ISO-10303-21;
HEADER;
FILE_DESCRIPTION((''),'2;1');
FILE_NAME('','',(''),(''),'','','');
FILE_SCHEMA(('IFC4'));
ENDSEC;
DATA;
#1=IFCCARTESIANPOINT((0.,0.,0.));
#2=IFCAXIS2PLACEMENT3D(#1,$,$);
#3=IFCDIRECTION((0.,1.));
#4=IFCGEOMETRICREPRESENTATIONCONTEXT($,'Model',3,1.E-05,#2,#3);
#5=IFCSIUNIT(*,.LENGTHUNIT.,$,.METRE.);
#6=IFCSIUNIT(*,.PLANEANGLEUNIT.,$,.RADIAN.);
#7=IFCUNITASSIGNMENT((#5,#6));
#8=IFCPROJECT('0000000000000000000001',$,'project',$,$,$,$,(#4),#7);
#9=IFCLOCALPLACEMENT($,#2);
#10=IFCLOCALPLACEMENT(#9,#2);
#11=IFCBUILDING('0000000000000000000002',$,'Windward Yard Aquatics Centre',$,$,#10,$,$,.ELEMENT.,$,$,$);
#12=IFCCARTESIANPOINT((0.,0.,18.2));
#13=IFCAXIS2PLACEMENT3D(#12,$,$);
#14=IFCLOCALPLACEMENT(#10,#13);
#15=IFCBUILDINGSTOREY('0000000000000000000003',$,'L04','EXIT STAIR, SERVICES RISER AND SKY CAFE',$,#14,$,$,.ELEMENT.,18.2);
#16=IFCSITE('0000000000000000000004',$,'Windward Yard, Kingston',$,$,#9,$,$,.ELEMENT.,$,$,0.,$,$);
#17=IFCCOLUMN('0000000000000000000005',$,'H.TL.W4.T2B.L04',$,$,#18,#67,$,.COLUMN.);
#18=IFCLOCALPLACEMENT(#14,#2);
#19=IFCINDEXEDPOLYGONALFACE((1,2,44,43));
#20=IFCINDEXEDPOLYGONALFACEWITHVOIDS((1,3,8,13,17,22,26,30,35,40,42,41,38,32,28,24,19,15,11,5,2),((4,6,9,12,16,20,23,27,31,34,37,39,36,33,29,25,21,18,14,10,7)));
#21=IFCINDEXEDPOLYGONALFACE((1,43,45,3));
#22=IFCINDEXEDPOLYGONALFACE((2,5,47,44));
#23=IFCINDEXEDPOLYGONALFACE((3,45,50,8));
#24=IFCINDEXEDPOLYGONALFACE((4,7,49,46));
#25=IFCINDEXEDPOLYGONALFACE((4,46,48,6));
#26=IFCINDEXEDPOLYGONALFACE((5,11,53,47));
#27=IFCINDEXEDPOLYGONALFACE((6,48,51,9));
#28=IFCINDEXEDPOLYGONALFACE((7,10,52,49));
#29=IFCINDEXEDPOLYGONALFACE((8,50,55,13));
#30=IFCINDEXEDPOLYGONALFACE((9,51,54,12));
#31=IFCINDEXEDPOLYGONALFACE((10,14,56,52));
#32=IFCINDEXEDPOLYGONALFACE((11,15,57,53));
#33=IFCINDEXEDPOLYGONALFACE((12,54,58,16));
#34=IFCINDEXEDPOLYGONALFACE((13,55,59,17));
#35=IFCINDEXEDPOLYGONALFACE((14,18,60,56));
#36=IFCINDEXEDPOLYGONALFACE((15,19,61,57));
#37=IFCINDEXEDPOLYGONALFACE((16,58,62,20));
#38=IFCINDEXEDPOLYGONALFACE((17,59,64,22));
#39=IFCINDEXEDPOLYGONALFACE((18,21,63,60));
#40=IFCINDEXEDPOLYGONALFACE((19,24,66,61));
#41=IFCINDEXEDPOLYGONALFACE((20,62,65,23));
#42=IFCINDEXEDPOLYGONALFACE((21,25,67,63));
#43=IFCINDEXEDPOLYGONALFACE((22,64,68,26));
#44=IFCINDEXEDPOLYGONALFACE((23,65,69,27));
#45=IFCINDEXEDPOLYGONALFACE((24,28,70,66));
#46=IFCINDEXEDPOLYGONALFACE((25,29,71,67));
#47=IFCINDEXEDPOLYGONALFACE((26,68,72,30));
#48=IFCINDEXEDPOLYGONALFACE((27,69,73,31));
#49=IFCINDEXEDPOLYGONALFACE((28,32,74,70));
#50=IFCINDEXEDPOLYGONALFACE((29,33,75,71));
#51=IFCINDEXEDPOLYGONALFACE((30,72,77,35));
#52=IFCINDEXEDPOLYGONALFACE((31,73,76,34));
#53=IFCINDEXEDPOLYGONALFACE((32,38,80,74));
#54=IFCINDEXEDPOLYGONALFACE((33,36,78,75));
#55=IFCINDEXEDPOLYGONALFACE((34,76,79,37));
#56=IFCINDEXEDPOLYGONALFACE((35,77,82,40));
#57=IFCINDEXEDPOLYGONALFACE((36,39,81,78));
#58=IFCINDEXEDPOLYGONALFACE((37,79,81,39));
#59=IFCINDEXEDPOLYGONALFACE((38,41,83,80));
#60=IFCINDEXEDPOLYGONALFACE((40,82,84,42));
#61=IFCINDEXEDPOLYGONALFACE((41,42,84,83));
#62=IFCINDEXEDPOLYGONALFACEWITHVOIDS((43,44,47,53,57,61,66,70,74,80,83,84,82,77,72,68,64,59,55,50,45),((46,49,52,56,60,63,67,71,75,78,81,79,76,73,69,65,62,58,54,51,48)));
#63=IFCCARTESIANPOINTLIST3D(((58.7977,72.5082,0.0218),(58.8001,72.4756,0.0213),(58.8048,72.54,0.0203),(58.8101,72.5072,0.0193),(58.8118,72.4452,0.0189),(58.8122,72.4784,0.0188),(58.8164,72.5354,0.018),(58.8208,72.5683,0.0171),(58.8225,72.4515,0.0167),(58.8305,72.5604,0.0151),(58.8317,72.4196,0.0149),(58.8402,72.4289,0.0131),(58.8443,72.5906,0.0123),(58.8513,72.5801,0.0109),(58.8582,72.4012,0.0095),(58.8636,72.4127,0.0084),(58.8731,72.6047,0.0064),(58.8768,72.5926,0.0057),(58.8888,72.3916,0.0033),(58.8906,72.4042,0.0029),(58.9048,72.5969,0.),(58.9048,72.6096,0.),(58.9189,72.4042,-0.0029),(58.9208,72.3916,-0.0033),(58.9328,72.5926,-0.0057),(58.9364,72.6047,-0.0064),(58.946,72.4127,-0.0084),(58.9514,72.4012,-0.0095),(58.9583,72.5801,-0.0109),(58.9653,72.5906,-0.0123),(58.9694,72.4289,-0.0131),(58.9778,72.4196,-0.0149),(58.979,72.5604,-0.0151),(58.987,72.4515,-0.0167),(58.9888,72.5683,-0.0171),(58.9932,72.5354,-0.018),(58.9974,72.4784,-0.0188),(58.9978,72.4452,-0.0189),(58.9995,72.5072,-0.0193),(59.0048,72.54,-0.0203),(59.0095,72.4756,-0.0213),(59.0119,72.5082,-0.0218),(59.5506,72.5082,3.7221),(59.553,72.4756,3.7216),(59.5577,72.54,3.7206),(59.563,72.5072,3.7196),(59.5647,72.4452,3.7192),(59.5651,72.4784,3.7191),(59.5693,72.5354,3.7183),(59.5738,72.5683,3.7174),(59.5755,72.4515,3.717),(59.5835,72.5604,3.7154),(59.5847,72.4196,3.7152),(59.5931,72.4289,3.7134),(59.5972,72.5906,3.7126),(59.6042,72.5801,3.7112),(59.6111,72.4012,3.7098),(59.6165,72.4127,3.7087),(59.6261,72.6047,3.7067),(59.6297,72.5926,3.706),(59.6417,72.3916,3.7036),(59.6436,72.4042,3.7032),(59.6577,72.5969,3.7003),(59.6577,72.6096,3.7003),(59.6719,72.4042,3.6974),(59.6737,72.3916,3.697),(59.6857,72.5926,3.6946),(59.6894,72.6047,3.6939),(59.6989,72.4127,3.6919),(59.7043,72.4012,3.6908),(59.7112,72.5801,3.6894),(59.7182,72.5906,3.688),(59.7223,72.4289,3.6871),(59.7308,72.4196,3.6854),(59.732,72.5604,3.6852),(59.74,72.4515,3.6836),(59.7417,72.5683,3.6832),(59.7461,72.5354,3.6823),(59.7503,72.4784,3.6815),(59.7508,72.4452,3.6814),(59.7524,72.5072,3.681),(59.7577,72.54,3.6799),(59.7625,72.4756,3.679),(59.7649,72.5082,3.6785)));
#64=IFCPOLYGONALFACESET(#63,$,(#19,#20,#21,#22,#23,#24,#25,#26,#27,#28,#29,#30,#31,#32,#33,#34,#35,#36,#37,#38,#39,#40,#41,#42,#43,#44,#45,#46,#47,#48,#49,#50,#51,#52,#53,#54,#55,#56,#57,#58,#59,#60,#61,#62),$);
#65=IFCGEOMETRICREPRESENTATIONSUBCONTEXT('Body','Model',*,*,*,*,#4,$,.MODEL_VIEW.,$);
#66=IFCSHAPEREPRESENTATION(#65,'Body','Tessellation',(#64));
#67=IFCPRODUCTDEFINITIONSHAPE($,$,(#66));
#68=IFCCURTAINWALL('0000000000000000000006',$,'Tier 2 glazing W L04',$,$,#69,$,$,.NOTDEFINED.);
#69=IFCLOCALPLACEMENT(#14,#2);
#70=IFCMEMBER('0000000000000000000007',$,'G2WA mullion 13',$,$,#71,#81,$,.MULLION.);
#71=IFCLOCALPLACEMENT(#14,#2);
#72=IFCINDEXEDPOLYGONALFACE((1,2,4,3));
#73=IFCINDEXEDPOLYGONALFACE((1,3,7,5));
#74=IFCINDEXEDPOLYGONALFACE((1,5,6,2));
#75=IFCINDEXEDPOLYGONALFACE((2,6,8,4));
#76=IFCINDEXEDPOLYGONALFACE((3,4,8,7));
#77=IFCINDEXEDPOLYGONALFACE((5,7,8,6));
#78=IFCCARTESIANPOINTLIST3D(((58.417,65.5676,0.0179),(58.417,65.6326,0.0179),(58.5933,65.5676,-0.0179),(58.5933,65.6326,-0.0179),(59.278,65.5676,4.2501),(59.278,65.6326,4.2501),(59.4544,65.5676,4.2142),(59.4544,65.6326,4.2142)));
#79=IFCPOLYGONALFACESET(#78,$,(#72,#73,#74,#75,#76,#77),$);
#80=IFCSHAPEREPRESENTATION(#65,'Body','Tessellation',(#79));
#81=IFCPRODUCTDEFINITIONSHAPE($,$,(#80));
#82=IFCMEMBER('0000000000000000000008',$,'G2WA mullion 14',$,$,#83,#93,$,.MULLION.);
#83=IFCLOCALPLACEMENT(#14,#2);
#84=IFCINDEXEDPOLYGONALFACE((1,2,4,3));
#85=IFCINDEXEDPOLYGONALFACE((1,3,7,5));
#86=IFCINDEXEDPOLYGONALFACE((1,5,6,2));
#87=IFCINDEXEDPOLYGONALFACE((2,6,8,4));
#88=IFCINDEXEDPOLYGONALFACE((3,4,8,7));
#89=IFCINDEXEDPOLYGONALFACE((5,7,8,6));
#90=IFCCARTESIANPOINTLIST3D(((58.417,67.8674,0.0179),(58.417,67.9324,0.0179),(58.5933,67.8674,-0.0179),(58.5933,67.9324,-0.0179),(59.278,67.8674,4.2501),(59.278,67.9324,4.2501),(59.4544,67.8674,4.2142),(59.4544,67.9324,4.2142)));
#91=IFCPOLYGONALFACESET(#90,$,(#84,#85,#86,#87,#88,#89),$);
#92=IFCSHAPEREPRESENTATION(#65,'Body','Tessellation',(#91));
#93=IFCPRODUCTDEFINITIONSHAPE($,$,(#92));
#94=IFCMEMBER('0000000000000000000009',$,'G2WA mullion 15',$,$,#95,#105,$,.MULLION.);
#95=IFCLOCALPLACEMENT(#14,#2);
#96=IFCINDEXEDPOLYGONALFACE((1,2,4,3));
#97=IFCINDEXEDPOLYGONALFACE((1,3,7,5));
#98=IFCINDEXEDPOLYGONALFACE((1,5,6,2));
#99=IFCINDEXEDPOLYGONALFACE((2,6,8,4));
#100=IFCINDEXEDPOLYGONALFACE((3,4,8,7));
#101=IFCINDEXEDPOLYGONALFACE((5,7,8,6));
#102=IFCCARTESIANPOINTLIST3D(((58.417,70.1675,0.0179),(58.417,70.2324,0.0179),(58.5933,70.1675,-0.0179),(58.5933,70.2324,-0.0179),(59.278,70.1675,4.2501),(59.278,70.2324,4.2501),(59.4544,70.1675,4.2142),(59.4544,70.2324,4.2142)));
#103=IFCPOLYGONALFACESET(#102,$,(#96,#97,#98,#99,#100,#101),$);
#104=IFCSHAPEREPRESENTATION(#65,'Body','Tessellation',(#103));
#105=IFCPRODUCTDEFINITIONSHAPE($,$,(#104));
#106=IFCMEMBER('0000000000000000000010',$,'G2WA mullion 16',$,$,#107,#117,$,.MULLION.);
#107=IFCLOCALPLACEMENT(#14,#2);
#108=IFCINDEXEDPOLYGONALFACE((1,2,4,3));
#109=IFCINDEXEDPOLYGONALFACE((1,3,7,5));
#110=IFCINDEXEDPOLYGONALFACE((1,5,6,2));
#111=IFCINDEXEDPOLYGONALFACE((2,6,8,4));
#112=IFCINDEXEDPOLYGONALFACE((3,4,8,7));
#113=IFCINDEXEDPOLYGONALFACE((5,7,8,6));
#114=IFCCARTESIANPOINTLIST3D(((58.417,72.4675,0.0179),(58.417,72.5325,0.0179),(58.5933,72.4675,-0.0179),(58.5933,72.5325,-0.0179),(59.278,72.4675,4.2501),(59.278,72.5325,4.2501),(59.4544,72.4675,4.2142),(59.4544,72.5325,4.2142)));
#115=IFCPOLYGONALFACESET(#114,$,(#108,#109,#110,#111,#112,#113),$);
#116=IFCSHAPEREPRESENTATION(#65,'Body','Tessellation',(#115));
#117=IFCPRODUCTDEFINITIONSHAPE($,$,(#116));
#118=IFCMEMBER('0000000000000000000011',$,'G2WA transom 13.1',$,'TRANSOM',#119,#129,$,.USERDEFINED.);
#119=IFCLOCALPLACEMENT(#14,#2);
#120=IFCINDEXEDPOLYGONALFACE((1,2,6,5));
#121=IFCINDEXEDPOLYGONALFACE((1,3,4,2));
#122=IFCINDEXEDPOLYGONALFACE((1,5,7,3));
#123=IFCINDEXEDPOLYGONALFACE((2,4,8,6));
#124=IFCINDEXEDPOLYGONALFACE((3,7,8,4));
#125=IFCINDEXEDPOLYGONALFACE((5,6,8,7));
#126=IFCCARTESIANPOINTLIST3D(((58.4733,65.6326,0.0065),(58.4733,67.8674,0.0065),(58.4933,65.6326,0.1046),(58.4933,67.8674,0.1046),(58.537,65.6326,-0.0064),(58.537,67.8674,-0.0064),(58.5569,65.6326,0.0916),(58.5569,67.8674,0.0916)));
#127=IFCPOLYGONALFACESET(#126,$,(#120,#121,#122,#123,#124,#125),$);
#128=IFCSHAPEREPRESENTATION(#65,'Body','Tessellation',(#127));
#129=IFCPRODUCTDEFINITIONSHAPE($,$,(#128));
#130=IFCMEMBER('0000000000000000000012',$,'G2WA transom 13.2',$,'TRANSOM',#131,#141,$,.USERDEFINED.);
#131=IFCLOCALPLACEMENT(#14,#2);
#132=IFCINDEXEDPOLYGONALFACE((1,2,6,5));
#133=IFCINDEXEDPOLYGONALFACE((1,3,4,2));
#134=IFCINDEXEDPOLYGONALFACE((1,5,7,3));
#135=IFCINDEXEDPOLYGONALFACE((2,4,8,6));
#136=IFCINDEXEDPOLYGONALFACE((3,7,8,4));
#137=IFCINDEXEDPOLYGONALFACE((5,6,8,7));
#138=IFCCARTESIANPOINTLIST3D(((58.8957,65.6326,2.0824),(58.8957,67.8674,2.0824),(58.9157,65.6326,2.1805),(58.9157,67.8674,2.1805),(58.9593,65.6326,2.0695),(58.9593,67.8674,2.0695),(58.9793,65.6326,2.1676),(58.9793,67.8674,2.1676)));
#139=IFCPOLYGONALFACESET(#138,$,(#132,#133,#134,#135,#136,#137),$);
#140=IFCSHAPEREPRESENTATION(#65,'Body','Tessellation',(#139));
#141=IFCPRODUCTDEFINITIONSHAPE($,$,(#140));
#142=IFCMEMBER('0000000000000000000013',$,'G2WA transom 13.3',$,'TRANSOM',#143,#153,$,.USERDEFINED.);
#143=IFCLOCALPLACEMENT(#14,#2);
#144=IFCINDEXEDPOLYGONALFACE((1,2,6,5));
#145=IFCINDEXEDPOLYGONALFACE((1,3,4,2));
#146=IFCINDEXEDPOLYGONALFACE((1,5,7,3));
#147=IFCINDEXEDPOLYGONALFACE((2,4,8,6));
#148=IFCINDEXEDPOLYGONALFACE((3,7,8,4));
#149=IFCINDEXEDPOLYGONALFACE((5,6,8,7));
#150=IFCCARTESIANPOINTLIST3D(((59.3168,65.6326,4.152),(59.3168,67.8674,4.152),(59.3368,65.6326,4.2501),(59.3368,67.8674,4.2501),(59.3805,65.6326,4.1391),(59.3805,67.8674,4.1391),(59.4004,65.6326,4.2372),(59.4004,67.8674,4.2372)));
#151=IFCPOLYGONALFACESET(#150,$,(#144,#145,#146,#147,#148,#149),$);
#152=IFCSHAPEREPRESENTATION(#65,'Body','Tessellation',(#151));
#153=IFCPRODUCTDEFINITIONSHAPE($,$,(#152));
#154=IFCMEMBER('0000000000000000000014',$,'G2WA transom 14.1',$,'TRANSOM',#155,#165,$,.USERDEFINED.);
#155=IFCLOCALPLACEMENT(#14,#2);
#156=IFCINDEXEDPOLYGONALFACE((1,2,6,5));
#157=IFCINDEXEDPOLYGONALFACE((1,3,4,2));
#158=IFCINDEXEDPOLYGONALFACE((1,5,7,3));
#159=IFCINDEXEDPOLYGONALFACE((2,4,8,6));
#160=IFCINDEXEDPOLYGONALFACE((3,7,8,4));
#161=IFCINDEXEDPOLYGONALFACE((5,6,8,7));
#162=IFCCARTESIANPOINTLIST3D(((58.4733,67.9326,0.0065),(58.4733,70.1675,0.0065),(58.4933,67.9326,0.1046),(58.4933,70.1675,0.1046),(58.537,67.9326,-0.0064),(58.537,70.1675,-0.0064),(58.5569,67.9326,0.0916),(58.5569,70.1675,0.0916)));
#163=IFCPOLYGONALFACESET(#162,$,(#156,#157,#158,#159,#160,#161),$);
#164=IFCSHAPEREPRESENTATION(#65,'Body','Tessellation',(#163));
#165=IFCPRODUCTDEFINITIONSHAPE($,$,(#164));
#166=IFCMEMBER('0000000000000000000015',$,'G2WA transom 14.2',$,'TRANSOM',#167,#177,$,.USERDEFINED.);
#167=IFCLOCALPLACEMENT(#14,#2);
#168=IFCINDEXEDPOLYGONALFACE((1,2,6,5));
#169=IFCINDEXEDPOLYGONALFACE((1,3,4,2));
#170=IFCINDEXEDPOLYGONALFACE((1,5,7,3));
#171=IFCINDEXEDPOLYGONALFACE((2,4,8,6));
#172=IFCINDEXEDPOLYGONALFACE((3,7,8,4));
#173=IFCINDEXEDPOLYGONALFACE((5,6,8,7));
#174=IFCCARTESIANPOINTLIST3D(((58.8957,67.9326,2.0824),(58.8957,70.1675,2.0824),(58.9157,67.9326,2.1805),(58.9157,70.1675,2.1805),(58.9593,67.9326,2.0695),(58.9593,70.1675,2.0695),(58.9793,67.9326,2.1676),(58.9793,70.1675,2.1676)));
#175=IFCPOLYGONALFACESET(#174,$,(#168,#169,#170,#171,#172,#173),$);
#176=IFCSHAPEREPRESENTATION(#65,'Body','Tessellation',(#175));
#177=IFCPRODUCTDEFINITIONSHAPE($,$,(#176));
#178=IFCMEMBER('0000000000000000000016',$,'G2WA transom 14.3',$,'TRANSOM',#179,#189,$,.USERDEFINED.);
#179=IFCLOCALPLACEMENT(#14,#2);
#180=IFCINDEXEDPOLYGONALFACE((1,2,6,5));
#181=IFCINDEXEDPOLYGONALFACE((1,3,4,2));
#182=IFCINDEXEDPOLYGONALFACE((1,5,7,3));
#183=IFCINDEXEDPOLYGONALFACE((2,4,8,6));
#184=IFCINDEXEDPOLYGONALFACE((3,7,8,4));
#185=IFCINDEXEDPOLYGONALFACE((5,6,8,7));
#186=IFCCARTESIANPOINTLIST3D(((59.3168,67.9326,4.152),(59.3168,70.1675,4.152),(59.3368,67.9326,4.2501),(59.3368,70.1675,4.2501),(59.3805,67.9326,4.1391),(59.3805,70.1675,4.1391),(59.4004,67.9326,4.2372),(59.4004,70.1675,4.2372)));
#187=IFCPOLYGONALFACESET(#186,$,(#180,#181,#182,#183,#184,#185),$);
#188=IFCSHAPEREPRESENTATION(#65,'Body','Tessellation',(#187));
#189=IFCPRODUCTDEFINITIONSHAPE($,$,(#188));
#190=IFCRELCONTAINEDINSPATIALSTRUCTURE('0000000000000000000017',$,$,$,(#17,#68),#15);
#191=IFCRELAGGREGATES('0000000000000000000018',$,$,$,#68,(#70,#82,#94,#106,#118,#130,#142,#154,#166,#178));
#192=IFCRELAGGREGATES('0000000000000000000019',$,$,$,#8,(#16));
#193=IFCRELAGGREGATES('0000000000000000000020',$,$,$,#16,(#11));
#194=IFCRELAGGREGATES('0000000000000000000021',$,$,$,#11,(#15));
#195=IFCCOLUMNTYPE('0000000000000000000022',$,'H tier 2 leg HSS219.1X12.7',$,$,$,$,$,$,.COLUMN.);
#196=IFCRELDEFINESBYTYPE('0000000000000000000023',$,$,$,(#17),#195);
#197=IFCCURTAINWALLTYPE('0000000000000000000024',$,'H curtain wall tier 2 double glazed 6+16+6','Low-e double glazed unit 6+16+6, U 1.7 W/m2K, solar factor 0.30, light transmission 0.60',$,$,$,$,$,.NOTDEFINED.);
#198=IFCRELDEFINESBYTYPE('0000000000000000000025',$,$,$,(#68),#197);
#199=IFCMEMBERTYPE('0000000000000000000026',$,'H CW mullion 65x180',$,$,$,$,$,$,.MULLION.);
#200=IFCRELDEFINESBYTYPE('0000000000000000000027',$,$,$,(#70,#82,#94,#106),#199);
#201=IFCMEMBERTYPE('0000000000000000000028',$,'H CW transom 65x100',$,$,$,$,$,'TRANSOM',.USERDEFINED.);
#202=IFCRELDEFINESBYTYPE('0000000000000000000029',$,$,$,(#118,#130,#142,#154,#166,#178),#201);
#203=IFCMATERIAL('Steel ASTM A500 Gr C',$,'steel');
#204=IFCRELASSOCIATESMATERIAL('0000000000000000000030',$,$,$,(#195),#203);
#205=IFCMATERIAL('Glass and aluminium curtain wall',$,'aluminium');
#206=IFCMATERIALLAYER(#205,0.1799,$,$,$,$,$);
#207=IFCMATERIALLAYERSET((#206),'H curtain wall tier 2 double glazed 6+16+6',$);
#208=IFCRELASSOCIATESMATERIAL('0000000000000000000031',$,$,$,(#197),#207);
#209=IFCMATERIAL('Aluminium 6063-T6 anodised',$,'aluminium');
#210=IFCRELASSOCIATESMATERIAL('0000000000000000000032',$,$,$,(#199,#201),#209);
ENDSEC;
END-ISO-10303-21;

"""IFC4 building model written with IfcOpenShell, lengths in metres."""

from ifc_helpers import new_model, si_unit, direction, frame, origin, origin_2d, place, context, subcontext, project, spatial, rectangle, hollow_circle, extrude, material, layer, layer_set, material_profile, profile_set, type_object, element, aggregate, save


model = new_model("IFC4")

# Units and contexts
model_context = context("Model", 3, precision=1e-05, world=origin(), true_north=direction((0.0, 1.0)))
body_context = subcontext(model_context, "Body", "Model", "MODEL_VIEW")
ifc_project = project(units=[si_unit("LENGTHUNIT", "METRE"), si_unit("PLANEANGLEUNIT", "RADIAN")], contexts=[model_context])

# Site, building, storey
site_placement = place(None, origin())
site = spatial("IfcSite", under=ifc_project, at=site_placement, Name="Windward Yard, Kingston", CompositionType="ELEMENT", RefElevation=0.0)
building_placement = place(site_placement, origin())
building = spatial("IfcBuilding", under=site, at=building_placement, Name="Windward Yard Aquatics Centre", CompositionType="ELEMENT")
storey_placement = place(building_placement, frame((0.0, 0.0, 18.2)))
storey = spatial("IfcBuildingStorey", under=building, at=storey_placement, Name="L04", Description="EXIT STAIR, SERVICES RISER AND SKY CAFE", CompositionType="ELEMENT", Elevation=18.2)

# Column
ifc_material_1 = material(Name="Steel ASTM A500 Gr C", Category="steel")
ifc_material_profile_1 = material_profile(ifc_material_1, hollow_circle(Radius=0.1096, WallThickness=0.0127, at=origin_2d()), Name="HSS219.1X12.7")
ifc_profile_set_1 = profile_set([ifc_material_profile_1], Name="Steel ASTM A500 Gr C")
column_type = type_object("IfcColumnType", Name="H tier 2 leg HSS219.1X12.7", PredefinedType="COLUMN", material=ifc_profile_set_1)
column_placement = place(storey_placement, frame((58.9048, 72.5, 0.0), z_axis=(0.199398, 0.0, 0.979919), x_axis=(0.0, 1.0, 0.0)))
element("IfcColumn", 1, at=column_placement, inside=storey, type_object=column_type, Name="H.TL.W4.T2B.L04", PredefinedType="COLUMN", context=body_context, shape_type="SweptSolid", body=[
    extrude(hollow_circle(Radius=0.1096, WallThickness=0.0127, at=origin_2d()), origin(), (0.0, 0.0, 1.0), 3.7761),
])

# Curtain wall, members
ifc_material_2 = material(Name="Glass and aluminium curtain wall", Category="aluminium")
ifc_layer_1 = layer(ifc_material_2, 0.1799)
ifc_layer_set_1 = layer_set([ifc_layer_1], Name="H curtain wall tier 2 double glazed 6+16+6")
curtain_wall_type = type_object("IfcCurtainWallType", Name="H curtain wall tier 2 double glazed 6+16+6", Description="Low-e double glazed unit 6+16+6, U 1.7 W/m2K, solar factor 0.30, light transmission 0.60", PredefinedType="NOTDEFINED", material=ifc_layer_set_1)
curtain_wall_placement = place(storey_placement, origin())
curtain_wall = element("IfcCurtainWall", 2, at=curtain_wall_placement, inside=storey, type_object=curtain_wall_type, Name="Tier 2 glazing W L04", PredefinedType="NOTDEFINED")
ifc_material_3 = material(Name="Aluminium 6063-T6 anodised", Category="aluminium")
ifc_material_profile_2 = material_profile(ifc_material_3, rectangle(XDim=0.0649, YDim=0.1799, at=origin_2d()), Name="H CW mullion 65x180")
ifc_profile_set_2 = profile_set([ifc_material_profile_2], Name="Aluminium 6063-T6 anodised")
member_type_1 = type_object("IfcMemberType", Name="H CW mullion 65x180", PredefinedType="MULLION", material=ifc_profile_set_2)
member_1_placement = place(storey_placement, frame((58.5051, 65.6001, 0.0), z_axis=(0.199376, 0.0, 0.979923), x_axis=(0.0, 1.0, 0.0)))
member_1 = element("IfcMember", 3, at=member_1_placement, type_object=member_type_1, Name="G2WA mullion 13", PredefinedType="MULLION", context=body_context, shape_type="SweptSolid", body=[
    extrude(rectangle(XDim=0.0649, YDim=0.1799, at=origin_2d()), origin(), (0.0, 0.0, 1.0), 4.3188),
])
member_2_placement = place(storey_placement, frame((58.5051, 67.8999, 0.0), z_axis=(0.199376, 0.0, 0.979923), x_axis=(0.0, 1.0, 0.0)))
member_2 = element("IfcMember", 4, at=member_2_placement, type_object=member_type_1, Name="G2WA mullion 14", PredefinedType="MULLION", context=body_context, shape_type="SweptSolid", body=[
    extrude(rectangle(XDim=0.0649, YDim=0.1799, at=origin_2d()), origin(), (0.0, 0.0, 1.0), 4.3188),
])
member_3_placement = place(storey_placement, frame((58.5051, 70.2, 0.0), z_axis=(0.199376, 0.0, 0.979923), x_axis=(0.0, 1.0, 0.0)))
member_3 = element("IfcMember", 5, at=member_3_placement, type_object=member_type_1, Name="G2WA mullion 15", PredefinedType="MULLION", context=body_context, shape_type="SweptSolid", body=[
    extrude(rectangle(XDim=0.0649, YDim=0.1799, at=origin_2d()), origin(), (0.0, 0.0, 1.0), 4.3188),
])
member_4_placement = place(storey_placement, frame((58.5051, 72.5, 0.0), z_axis=(0.199376, 0.0, 0.979923), x_axis=(0.0, 1.0, 0.0)))
member_4 = element("IfcMember", 6, at=member_4_placement, type_object=member_type_1, Name="G2WA mullion 16", PredefinedType="MULLION", context=body_context, shape_type="SweptSolid", body=[
    extrude(rectangle(XDim=0.0649, YDim=0.1799, at=origin_2d()), origin(), (0.0, 0.0, 1.0), 4.3188),
])
ifc_material_profile_3 = material_profile(ifc_material_3, rectangle(XDim=0.0649, YDim=0.1001, at=origin_2d()), Name="H CW transom 65x100")
ifc_profile_set_3 = profile_set([ifc_material_profile_3], Name="Aluminium 6063-T6 anodised")
member_type_2 = type_object("IfcMemberType", Name="H CW transom 65x100", ElementType="TRANSOM", PredefinedType="USERDEFINED", material=ifc_profile_set_3)
member_5_placement = place(storey_placement, frame((58.5151, 65.6326, 0.0491), z_axis=(0.0, 1.0, 0.0), x_axis=(-0.979925, 0.0, 0.199368)))
member_5 = element("IfcMember", 7, at=member_5_placement, type_object=member_type_2, Name="G2WA transom 13.1", ObjectType="TRANSOM", PredefinedType="USERDEFINED", context=body_context, shape_type="SweptSolid", body=[
    extrude(rectangle(XDim=0.0649, YDim=0.1001, at=origin_2d()), origin(), (0.0, 0.0, 1.0), 2.2349),
])
member_6_placement = place(storey_placement, frame((58.9375, 65.6326, 2.125), z_axis=(0.0, 1.0, 0.0), x_axis=(-0.979925, 0.0, 0.199368)))
member_6 = element("IfcMember", 8, at=member_6_placement, type_object=member_type_2, Name="G2WA transom 13.2", ObjectType="TRANSOM", PredefinedType="USERDEFINED", context=body_context, shape_type="SweptSolid", body=[
    extrude(rectangle(XDim=0.0649, YDim=0.1001, at=origin_2d()), origin(), (0.0, 0.0, 1.0), 2.2349),
])
member_7_placement = place(storey_placement, frame((59.3586, 65.6326, 4.1946), z_axis=(0.0, 1.0, 0.0), x_axis=(-0.979925, 0.0, 0.199368)))
member_7 = element("IfcMember", 9, at=member_7_placement, type_object=member_type_2, Name="G2WA transom 13.3", ObjectType="TRANSOM", PredefinedType="USERDEFINED", context=body_context, shape_type="SweptSolid", body=[
    extrude(rectangle(XDim=0.0649, YDim=0.1001, at=origin_2d()), origin(), (0.0, 0.0, 1.0), 2.2349),
])
member_8_placement = place(storey_placement, frame((58.5151, 67.9326, 0.0491), z_axis=(0.0, 1.0, 0.0), x_axis=(-0.979925, 0.0, 0.199368)))
member_8 = element("IfcMember", 10, at=member_8_placement, type_object=member_type_2, Name="G2WA transom 14.1", ObjectType="TRANSOM", PredefinedType="USERDEFINED", context=body_context, shape_type="SweptSolid", body=[
    extrude(rectangle(XDim=0.0649, YDim=0.1001, at=origin_2d()), origin(), (0.0, 0.0, 1.0), 2.2349),
])
member_9_placement = place(storey_placement, frame((58.9375, 67.9326, 2.125), z_axis=(0.0, 1.0, 0.0), x_axis=(-0.979925, 0.0, 0.199368)))
member_9 = element("IfcMember", 11, at=member_9_placement, type_object=member_type_2, Name="G2WA transom 14.2", ObjectType="TRANSOM", PredefinedType="USERDEFINED", context=body_context, shape_type="SweptSolid", body=[
    extrude(rectangle(XDim=0.0649, YDim=0.1001, at=origin_2d()), origin(), (0.0, 0.0, 1.0), 2.2349),
])
member_10_placement = place(storey_placement, frame((59.3586, 67.9326, 4.1946), z_axis=(0.0, 1.0, 0.0), x_axis=(-0.979925, 0.0, 0.199368)))
member_10 = element("IfcMember", 12, at=member_10_placement, type_object=member_type_2, Name="G2WA transom 14.3", ObjectType="TRANSOM", PredefinedType="USERDEFINED", context=body_context, shape_type="SweptSolid", body=[
    extrude(rectangle(XDim=0.0649, YDim=0.1001, at=origin_2d()), origin(), (0.0, 0.0, 1.0), 2.2349),
])
aggregate(curtain_wall, [member_1, member_2, member_3, member_4, member_5, member_6, member_7, member_8, member_9, member_10])

save(model, "model.ifc")
